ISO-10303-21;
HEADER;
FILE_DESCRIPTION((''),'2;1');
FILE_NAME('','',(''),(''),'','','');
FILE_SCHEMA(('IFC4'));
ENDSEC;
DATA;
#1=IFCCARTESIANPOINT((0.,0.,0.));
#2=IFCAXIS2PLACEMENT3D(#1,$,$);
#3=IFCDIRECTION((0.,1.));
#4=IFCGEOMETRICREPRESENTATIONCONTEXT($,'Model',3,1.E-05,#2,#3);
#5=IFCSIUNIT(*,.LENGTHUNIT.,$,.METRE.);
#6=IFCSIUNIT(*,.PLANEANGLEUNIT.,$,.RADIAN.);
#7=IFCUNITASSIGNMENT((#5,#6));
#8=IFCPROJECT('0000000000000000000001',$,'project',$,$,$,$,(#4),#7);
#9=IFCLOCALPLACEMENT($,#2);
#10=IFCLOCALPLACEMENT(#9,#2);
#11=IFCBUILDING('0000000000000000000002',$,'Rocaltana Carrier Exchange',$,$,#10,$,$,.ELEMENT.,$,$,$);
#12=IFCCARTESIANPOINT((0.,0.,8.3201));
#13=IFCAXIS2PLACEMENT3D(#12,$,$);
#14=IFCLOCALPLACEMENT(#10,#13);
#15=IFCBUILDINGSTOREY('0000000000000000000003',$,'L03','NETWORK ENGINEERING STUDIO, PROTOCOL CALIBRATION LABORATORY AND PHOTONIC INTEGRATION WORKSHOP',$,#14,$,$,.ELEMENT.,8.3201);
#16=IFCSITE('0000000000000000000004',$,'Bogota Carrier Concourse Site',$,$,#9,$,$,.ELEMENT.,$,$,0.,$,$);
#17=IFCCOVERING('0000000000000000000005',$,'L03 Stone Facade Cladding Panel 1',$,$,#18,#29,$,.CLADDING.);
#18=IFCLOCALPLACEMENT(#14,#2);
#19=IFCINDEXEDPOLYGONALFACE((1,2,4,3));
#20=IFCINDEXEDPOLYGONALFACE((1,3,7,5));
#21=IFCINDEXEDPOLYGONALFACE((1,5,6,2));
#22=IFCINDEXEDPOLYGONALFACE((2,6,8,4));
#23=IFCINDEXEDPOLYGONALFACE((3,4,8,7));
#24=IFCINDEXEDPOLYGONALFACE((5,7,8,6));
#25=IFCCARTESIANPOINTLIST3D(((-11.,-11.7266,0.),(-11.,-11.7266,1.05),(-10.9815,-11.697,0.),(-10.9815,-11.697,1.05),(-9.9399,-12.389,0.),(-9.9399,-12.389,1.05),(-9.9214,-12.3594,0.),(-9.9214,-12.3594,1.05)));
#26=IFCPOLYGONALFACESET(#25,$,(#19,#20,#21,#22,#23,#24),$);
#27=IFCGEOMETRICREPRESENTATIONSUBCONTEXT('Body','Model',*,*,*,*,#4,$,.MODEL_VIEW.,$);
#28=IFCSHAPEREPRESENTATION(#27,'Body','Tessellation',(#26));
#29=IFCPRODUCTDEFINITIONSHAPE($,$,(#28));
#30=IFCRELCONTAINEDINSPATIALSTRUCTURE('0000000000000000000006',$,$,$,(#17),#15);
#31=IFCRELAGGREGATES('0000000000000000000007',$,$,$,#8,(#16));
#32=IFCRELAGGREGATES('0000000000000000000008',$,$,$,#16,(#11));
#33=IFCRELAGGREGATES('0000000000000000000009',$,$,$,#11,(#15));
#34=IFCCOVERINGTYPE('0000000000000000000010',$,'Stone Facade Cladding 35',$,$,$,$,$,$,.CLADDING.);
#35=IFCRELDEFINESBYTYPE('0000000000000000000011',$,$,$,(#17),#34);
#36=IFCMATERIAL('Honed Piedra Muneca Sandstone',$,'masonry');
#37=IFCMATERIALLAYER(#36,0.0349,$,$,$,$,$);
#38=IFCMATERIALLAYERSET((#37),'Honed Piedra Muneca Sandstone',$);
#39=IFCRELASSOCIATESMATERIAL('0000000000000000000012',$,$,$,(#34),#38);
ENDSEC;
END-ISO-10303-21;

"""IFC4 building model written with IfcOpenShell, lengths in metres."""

from ifc_helpers import new_model, si_unit, direction, frame, origin, origin_2d, place, context, subcontext, project, spatial, rectangle, extrude, material, layer, layer_set, type_object, element, save


model = new_model("IFC4")

# Units and contexts
model_context = context("Model", 3, precision=1e-05, world=origin(), true_north=direction((0.0, 1.0)))
body_context = subcontext(model_context, "Body", "Model", "MODEL_VIEW")
ifc_project = project(units=[si_unit("LENGTHUNIT", "METRE"), si_unit("PLANEANGLEUNIT", "RADIAN")], contexts=[model_context])

# Site, building, storey
site_placement = place(None, origin())
site = spatial("IfcSite", under=ifc_project, at=site_placement, Name="Bogota Carrier Concourse Site", CompositionType="ELEMENT", RefElevation=0.0)
building_placement = place(site_placement, origin())
building = spatial("IfcBuilding", under=site, at=building_placement, Name="Rocaltana Carrier Exchange", CompositionType="ELEMENT")
storey_placement = place(building_placement, frame((0.0, 0.0, 8.3201)))
storey = spatial("IfcBuildingStorey", under=building, at=storey_placement, Name="L03", Description="NETWORK ENGINEERING STUDIO, PROTOCOL CALIBRATION LABORATORY AND PHOTONIC INTEGRATION WORKSHOP", CompositionType="ELEMENT", Elevation=8.3201)

# Covering
ifc_material_1 = material(Name="Honed Piedra Muneca Sandstone", Category="masonry")
ifc_layer_1 = layer(ifc_material_1, 0.0349)
ifc_layer_set_1 = layer_set([ifc_layer_1], Name="Honed Piedra Muneca Sandstone")
covering_type = type_object("IfcCoveringType", Name="Stone Facade Cladding 35", PredefinedType="CLADDING", material=ifc_layer_set_1)
covering_placement = place(storey_placement, frame((-10.4607, -12.043, 0.0), z_axis=(0.0, 0.0, 1.0), x_axis=(-0.848048, 0.529919, 0.0)))
element("IfcCovering", 1, at=covering_placement, inside=storey, type_object=covering_type, Name="L03 Stone Facade Cladding Panel 1", PredefinedType="CLADDING", context=body_context, shape_type="SweptSolid", body=[
    extrude(rectangle(XDim=1.25, YDim=0.0349, at=origin_2d()), origin(), (0.0, 0.0, 1.0), 1.05),
])

save(model, "model.ifc")
